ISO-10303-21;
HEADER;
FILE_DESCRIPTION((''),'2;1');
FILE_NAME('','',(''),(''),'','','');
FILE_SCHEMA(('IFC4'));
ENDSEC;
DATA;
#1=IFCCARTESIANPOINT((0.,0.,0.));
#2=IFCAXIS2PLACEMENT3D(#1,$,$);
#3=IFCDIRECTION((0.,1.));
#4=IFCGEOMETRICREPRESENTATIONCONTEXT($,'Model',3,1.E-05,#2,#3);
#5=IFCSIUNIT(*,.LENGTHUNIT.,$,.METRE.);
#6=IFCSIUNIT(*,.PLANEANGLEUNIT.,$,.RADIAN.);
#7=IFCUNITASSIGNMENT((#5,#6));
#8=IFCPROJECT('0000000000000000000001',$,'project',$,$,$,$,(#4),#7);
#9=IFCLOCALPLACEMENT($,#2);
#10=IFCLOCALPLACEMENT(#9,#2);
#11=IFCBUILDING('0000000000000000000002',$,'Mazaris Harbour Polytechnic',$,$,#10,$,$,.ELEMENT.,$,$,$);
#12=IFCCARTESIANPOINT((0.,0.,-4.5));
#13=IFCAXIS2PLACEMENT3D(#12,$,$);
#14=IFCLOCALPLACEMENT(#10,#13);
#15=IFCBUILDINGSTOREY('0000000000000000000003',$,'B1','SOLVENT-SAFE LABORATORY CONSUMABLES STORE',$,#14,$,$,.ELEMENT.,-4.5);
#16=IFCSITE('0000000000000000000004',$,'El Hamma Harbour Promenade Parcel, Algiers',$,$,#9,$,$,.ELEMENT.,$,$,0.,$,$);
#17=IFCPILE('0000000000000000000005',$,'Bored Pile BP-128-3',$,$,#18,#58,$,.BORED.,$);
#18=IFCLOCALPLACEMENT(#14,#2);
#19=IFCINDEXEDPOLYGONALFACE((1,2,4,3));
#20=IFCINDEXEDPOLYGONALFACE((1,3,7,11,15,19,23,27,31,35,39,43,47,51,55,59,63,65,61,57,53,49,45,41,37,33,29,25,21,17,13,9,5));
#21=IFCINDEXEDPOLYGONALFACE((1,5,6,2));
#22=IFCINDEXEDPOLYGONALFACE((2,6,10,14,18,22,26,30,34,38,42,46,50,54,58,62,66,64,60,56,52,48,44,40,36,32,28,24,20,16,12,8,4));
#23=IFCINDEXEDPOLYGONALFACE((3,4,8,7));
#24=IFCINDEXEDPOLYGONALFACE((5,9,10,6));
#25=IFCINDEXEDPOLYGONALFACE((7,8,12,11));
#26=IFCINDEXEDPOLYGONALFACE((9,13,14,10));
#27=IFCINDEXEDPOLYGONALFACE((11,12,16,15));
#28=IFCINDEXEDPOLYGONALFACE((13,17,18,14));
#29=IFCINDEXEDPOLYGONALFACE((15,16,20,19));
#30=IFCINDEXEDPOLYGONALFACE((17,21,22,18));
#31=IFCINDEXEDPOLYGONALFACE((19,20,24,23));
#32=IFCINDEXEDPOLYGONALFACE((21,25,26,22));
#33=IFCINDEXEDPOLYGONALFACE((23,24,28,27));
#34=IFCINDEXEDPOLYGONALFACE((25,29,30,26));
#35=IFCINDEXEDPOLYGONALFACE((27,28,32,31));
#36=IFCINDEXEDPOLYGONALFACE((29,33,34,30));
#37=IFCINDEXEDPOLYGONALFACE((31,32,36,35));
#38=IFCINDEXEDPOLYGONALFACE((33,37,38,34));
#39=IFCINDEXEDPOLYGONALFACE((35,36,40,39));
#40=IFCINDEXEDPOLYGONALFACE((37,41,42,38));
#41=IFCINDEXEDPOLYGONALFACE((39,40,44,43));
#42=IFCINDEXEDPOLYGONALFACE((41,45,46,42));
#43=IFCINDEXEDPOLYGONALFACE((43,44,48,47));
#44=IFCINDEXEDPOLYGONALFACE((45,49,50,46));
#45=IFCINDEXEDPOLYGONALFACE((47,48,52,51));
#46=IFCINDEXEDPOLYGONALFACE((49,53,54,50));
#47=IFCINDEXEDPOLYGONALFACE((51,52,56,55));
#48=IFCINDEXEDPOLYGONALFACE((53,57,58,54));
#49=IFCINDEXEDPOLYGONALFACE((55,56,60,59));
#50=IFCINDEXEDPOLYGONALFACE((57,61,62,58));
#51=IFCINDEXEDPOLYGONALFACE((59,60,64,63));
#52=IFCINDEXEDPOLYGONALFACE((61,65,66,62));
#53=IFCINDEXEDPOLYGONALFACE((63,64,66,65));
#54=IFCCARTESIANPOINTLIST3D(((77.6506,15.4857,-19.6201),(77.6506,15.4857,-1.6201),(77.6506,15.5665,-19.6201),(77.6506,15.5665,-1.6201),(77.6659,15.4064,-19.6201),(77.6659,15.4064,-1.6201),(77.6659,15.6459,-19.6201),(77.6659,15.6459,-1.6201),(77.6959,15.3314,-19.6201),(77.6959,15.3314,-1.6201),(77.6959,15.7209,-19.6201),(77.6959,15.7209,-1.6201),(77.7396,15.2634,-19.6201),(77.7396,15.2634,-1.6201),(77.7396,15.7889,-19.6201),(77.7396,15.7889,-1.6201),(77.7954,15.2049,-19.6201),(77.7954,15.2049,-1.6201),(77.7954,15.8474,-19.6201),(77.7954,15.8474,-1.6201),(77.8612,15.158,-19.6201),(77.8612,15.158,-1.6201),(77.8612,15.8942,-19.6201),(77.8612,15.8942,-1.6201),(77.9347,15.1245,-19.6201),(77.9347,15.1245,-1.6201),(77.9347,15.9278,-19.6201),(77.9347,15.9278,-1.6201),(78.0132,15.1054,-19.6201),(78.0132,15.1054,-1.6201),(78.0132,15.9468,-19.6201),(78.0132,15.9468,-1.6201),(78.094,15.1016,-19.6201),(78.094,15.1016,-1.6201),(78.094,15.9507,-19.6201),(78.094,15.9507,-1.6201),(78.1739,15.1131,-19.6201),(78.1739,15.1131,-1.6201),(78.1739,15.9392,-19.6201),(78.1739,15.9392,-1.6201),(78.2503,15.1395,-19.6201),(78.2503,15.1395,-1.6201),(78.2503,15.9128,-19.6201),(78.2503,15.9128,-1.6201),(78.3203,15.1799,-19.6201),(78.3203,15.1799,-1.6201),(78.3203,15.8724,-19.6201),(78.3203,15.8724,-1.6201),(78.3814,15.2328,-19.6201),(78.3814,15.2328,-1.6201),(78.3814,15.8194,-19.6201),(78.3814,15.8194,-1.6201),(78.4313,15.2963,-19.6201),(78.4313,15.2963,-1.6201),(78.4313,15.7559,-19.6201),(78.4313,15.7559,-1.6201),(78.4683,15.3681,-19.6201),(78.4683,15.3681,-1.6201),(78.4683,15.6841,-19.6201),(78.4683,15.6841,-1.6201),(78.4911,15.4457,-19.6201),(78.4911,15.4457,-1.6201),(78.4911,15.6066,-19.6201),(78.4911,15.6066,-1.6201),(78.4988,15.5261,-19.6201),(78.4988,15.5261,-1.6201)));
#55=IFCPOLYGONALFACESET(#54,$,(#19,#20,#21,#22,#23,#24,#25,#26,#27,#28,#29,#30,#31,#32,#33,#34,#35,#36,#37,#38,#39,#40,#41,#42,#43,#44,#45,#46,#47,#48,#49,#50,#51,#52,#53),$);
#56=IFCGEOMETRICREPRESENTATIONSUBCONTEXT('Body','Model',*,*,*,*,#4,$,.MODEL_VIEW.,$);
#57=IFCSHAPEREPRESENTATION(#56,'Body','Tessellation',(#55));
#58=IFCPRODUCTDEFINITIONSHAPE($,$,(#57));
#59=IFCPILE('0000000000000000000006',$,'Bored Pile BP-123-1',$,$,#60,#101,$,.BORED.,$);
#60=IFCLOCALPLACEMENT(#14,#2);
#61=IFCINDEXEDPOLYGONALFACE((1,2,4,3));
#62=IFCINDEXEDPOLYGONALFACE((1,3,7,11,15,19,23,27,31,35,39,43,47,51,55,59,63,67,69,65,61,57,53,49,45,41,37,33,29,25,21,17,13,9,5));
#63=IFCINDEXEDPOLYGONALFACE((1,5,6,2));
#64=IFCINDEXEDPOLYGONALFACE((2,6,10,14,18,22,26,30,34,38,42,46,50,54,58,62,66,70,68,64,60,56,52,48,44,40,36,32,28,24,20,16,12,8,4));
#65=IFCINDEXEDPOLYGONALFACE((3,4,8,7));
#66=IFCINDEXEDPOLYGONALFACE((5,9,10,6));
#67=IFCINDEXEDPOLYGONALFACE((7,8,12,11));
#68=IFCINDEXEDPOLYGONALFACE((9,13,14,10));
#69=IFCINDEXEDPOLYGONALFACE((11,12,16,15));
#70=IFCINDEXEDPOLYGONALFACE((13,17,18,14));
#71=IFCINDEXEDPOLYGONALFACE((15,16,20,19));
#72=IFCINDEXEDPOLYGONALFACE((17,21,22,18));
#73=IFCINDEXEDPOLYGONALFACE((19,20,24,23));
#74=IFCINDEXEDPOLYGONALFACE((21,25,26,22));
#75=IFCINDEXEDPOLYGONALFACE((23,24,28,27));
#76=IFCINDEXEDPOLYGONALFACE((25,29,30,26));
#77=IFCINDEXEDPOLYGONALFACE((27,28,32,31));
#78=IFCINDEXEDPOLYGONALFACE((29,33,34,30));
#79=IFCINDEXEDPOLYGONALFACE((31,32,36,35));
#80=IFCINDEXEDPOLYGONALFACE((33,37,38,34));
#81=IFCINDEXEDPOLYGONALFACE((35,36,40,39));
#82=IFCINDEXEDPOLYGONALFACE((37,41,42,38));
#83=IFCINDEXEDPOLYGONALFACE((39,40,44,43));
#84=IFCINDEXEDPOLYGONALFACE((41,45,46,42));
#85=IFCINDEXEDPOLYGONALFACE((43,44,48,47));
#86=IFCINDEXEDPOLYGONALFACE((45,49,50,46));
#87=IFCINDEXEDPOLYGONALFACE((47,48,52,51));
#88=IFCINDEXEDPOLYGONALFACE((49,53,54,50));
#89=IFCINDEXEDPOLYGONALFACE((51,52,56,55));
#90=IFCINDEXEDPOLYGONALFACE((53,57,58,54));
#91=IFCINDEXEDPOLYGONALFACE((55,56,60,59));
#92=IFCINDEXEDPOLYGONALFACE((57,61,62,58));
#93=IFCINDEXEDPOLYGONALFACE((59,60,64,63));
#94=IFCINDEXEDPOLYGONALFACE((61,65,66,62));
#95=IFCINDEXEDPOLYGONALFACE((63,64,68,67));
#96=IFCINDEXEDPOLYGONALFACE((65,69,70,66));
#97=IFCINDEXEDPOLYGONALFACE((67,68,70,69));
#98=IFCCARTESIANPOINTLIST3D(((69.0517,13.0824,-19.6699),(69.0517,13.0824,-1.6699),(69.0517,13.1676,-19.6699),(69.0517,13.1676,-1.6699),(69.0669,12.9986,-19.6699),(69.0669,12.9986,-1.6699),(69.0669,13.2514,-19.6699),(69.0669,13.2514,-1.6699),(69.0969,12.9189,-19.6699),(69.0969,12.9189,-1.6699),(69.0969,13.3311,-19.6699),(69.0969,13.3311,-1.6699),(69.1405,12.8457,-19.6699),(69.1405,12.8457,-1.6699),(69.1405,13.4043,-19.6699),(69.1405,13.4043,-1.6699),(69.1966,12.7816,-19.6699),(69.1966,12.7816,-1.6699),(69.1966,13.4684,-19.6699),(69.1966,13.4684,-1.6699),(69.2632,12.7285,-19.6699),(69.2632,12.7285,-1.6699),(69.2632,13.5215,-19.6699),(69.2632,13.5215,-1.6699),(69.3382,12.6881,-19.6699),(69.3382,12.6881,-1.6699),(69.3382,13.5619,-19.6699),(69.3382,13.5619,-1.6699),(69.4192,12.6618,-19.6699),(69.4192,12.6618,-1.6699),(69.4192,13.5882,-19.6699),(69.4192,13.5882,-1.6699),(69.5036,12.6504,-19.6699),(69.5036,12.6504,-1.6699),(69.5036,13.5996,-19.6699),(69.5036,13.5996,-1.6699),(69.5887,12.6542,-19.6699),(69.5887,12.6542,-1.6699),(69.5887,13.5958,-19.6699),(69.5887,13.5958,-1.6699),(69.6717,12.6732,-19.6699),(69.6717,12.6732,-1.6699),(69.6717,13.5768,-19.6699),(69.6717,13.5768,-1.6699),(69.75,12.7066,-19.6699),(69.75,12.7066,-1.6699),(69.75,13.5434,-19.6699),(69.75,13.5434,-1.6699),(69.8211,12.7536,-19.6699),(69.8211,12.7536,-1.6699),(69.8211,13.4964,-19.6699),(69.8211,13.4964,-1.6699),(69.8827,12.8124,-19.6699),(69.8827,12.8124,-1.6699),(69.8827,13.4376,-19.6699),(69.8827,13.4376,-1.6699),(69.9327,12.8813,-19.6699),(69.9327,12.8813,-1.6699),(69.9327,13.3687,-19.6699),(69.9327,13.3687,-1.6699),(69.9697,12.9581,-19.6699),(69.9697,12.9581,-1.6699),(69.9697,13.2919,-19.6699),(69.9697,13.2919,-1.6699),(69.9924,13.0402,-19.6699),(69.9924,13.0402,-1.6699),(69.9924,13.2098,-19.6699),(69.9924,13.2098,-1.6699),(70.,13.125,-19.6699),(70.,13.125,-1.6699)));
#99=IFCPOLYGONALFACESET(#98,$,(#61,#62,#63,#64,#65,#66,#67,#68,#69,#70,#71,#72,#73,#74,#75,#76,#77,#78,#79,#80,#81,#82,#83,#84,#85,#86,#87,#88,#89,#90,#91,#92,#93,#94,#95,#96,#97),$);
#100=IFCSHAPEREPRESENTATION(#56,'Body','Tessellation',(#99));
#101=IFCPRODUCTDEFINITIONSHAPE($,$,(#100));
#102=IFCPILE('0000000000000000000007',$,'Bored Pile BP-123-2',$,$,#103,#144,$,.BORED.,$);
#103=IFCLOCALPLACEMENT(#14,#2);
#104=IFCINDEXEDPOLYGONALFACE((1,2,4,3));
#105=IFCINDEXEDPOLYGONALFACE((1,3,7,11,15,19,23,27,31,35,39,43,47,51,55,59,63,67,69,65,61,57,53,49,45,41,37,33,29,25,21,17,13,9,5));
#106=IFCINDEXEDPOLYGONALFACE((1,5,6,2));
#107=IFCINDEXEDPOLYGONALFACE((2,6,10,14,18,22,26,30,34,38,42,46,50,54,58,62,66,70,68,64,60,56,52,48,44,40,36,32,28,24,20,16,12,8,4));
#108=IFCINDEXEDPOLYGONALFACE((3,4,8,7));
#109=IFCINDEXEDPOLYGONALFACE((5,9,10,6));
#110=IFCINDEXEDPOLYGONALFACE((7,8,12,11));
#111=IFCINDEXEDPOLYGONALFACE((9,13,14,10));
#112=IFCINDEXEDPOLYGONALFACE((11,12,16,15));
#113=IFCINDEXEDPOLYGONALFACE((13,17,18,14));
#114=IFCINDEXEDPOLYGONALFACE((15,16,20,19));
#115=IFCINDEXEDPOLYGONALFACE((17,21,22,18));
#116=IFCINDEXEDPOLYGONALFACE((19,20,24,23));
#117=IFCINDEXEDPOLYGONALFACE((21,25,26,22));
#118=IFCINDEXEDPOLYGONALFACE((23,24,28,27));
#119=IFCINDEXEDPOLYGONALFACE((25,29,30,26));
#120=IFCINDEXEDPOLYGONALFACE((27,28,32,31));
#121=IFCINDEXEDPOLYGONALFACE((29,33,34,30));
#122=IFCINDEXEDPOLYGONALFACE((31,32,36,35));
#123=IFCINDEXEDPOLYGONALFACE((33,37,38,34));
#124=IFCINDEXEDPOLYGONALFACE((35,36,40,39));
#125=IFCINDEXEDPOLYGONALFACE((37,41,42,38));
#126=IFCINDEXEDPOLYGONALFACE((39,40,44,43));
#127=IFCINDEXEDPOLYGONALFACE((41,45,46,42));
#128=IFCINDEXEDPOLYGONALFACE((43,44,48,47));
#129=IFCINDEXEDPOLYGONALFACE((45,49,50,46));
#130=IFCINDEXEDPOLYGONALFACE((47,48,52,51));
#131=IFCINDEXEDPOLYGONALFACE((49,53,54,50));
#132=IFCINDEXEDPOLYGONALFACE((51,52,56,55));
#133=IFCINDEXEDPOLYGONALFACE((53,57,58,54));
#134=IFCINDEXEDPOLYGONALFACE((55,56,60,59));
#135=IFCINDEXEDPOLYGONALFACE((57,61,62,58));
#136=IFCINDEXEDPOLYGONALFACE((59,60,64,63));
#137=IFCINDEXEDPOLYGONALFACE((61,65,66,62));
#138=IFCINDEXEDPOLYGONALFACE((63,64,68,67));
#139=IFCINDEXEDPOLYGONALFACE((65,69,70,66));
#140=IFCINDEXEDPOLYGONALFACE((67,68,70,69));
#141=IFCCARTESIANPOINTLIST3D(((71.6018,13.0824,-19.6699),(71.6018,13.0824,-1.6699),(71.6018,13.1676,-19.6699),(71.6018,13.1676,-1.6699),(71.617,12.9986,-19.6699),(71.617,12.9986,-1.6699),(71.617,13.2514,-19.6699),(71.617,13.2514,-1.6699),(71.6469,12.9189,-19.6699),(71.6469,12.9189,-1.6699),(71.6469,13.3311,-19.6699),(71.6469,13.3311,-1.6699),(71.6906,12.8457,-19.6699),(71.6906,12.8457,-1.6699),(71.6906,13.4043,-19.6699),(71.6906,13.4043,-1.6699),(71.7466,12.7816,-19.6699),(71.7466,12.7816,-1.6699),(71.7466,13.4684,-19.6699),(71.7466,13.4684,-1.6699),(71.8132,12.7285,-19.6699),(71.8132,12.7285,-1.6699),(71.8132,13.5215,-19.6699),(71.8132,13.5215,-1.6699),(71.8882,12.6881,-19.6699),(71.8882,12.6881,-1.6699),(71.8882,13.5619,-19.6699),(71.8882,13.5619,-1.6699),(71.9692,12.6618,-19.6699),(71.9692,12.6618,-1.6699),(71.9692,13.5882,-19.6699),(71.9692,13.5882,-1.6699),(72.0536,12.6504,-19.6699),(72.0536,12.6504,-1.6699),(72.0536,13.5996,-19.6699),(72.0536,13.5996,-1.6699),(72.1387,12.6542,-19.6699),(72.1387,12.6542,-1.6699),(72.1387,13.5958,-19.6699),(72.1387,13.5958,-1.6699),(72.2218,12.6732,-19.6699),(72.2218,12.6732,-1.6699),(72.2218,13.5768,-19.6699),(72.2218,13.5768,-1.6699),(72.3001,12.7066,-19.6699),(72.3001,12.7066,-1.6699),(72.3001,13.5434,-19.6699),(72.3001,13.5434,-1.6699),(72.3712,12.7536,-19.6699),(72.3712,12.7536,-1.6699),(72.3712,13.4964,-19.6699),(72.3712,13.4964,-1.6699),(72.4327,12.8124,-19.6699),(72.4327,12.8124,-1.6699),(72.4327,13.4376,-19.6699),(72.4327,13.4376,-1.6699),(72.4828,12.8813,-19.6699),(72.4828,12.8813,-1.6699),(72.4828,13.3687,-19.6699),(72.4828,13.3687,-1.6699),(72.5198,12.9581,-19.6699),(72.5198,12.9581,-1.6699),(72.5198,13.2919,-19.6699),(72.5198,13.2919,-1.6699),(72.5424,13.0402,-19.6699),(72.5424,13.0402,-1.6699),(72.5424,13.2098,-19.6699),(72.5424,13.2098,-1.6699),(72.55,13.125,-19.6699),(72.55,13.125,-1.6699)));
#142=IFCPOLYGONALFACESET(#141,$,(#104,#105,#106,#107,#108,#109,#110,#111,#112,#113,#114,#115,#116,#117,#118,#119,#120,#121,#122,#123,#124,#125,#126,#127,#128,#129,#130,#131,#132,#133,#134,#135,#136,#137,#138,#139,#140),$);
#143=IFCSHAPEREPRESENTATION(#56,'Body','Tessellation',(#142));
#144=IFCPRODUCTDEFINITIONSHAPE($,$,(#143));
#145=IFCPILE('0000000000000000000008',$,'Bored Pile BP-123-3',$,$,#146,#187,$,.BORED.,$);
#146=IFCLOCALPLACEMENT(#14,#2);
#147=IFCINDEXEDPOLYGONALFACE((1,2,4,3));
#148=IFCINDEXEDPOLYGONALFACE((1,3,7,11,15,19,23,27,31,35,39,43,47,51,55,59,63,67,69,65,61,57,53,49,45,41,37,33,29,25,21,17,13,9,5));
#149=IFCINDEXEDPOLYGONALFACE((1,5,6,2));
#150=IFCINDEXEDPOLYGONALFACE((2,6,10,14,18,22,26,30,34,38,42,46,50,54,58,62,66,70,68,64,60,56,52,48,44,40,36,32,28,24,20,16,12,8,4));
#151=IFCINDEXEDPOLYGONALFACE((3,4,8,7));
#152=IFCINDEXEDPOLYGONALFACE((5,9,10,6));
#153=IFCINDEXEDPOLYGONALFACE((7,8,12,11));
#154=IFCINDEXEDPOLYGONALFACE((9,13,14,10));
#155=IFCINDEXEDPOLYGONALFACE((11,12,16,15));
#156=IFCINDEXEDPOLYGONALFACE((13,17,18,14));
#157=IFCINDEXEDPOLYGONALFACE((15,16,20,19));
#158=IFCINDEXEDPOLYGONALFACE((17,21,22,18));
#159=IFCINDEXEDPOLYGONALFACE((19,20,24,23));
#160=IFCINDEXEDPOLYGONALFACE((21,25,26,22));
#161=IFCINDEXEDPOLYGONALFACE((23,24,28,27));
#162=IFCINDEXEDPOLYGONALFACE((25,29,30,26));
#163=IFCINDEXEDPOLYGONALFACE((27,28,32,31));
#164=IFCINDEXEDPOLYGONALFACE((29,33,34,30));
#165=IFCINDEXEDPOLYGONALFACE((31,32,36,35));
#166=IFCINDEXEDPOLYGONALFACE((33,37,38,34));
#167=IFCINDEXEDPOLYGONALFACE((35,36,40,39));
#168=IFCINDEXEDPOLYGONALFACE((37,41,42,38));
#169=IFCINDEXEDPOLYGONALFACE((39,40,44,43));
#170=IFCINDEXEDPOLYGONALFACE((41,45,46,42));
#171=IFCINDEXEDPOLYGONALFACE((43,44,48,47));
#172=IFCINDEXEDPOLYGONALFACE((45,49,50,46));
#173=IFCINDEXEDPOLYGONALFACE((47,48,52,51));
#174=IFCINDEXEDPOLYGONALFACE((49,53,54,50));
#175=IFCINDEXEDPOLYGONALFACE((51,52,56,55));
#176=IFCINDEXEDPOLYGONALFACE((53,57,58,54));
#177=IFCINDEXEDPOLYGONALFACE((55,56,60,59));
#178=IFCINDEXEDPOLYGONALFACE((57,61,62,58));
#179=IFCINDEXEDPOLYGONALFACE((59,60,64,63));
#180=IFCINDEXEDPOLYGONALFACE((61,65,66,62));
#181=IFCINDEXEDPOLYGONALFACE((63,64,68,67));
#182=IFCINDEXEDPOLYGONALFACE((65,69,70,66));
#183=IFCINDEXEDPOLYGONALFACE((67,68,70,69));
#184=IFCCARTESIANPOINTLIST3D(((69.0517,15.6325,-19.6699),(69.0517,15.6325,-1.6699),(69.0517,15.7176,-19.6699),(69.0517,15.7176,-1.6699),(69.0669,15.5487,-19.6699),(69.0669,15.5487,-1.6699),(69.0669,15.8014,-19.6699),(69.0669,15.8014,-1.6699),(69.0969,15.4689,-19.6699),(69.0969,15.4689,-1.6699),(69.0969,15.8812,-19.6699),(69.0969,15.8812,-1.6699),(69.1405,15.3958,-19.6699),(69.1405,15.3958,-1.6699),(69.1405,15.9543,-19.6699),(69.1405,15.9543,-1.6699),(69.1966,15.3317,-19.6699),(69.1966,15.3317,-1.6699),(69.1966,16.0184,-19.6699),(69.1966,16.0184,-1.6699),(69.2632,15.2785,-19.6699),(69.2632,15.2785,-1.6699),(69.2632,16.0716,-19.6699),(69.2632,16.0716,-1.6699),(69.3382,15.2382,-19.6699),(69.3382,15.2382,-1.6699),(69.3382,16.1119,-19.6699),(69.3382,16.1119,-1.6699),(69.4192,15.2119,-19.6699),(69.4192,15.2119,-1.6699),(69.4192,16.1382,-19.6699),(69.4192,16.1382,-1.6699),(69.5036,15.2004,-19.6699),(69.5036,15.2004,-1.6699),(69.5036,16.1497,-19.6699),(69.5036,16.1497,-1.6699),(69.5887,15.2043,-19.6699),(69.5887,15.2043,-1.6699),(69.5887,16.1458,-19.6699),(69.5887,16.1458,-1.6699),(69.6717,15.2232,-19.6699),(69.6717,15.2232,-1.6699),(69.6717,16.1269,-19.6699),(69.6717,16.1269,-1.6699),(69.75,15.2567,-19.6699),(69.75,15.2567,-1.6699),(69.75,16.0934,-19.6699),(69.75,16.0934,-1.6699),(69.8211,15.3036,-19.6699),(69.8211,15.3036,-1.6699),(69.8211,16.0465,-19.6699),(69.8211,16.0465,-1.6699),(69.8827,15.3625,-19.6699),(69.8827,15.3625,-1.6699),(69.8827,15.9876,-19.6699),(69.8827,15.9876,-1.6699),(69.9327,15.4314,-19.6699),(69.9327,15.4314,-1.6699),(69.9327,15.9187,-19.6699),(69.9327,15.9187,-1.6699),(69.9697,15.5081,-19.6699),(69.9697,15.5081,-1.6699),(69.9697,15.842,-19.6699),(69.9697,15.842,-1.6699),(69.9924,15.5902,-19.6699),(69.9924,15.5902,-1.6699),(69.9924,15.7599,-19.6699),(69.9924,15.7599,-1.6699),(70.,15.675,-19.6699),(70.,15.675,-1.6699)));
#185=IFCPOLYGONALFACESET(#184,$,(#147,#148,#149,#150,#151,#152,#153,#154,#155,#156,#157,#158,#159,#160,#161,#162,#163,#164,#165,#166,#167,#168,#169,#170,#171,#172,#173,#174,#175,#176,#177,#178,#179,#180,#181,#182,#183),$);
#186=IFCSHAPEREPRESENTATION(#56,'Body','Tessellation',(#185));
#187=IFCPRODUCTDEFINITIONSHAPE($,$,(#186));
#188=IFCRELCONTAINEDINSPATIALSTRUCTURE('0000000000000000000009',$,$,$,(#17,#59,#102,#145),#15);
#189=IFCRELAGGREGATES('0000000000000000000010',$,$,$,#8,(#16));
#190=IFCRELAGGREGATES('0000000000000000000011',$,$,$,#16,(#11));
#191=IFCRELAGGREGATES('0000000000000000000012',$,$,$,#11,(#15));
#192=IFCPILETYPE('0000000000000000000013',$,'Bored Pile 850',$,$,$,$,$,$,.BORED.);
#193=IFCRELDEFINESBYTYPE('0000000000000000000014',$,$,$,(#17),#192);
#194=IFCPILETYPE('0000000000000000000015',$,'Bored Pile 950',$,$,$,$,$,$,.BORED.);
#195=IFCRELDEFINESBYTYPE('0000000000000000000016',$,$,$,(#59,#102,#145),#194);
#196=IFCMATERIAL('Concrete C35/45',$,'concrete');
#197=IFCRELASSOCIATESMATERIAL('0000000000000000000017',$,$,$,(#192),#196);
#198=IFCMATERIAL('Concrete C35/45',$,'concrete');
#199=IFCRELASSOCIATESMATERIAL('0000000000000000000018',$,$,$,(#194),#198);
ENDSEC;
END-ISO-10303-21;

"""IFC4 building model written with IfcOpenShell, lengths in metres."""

from ifc_helpers import new_model, si_unit, direction, frame, origin, origin_2d, place, context, subcontext, project, spatial, circle, extrude, material, material_profile, profile_set, type_object, element, save


model = new_model("IFC4")

# Units and contexts
model_context = context("Model", 3, precision=1e-05, world=origin(), true_north=direction((0.0, 1.0)))
body_context = subcontext(model_context, "Body", "Model", "MODEL_VIEW")
ifc_project = project(units=[si_unit("LENGTHUNIT", "METRE"), si_unit("PLANEANGLEUNIT", "RADIAN")], contexts=[model_context])

# Site, building, storey
site_placement = place(None, origin())
site = spatial("IfcSite", under=ifc_project, at=site_placement, Name="El Hamma Harbour Promenade Parcel, Algiers", CompositionType="ELEMENT", RefElevation=0.0)
building_placement = place(site_placement, origin())
building = spatial("IfcBuilding", under=site, at=building_placement, Name="Mazaris Harbour Polytechnic", CompositionType="ELEMENT")
storey_placement = place(building_placement, frame((0.0, 0.0, -4.5)))
storey = spatial("IfcBuildingStorey", under=building, at=storey_placement, Name="B1", Description="SOLVENT-SAFE LABORATORY CONSUMABLES STORE", CompositionType="ELEMENT", Elevation=-4.5)

# Piles
ifc_material_1 = material(Name="Concrete C35/45", Category="concrete")
ifc_material_profile_1 = material_profile(ifc_material_1, circle(Radius=0.425, at=origin_2d()), Name="DIA850")
ifc_profile_set_1 = profile_set([ifc_material_profile_1], Name="Concrete C35/45")
pile_type_1 = type_object("IfcPileType", Name="Bored Pile 850", PredefinedType="BORED", material=ifc_profile_set_1)
for number, where, z_axis, x_axis, name in (
    (1, (78.0737, 15.5261, -1.6201), (0.0, 0.0, -1.0), (1.0, 0.0, 0.0), "Bored Pile BP-128-3"),
):
    element("IfcPile", number, at=place(storey_placement, frame(where, z_axis=z_axis, x_axis=x_axis)), inside=storey, type_object=pile_type_1, Name=name, PredefinedType="BORED", context=body_context, shape_type="SweptSolid", body=[
        extrude(circle(Radius=0.425, at=origin_2d()), origin(), (0.0, 0.0, 1.0), 18.0),
    ])
ifc_material_2 = material(Name="Concrete C35/45", Category="concrete")
ifc_material_profile_2 = material_profile(ifc_material_2, circle(Radius=0.4751, at=origin_2d()), Name="DIA950")
ifc_profile_set_2 = profile_set([ifc_material_profile_2], Name="Concrete C35/45")
pile_type_2 = type_object("IfcPileType", Name="Bored Pile 950", PredefinedType="BORED", material=ifc_profile_set_2)
for number, where, z_axis, x_axis, name in (
    (2, (69.5249, 13.125, -1.6699), (0.0, 0.0, -1.0), (1.0, 0.0, 0.0), "Bored Pile BP-123-1"),
    (3, (72.075, 13.125, -1.6699), (0.0, 0.0, -1.0), (1.0, 0.0, 0.0), "Bored Pile BP-123-2"),
    (4, (69.5249, 15.675, -1.6699), (0.0, 0.0, -1.0), (1.0, 0.0, 0.0), "Bored Pile BP-123-3"),
):
    element("IfcPile", number, at=place(storey_placement, frame(where, z_axis=z_axis, x_axis=x_axis)), inside=storey, type_object=pile_type_2, Name=name, PredefinedType="BORED", context=body_context, shape_type="SweptSolid", body=[
        extrude(circle(Radius=0.4751, at=origin_2d()), origin(), (0.0, 0.0, 1.0), 18.0),
    ])

save(model, "model.ifc")
